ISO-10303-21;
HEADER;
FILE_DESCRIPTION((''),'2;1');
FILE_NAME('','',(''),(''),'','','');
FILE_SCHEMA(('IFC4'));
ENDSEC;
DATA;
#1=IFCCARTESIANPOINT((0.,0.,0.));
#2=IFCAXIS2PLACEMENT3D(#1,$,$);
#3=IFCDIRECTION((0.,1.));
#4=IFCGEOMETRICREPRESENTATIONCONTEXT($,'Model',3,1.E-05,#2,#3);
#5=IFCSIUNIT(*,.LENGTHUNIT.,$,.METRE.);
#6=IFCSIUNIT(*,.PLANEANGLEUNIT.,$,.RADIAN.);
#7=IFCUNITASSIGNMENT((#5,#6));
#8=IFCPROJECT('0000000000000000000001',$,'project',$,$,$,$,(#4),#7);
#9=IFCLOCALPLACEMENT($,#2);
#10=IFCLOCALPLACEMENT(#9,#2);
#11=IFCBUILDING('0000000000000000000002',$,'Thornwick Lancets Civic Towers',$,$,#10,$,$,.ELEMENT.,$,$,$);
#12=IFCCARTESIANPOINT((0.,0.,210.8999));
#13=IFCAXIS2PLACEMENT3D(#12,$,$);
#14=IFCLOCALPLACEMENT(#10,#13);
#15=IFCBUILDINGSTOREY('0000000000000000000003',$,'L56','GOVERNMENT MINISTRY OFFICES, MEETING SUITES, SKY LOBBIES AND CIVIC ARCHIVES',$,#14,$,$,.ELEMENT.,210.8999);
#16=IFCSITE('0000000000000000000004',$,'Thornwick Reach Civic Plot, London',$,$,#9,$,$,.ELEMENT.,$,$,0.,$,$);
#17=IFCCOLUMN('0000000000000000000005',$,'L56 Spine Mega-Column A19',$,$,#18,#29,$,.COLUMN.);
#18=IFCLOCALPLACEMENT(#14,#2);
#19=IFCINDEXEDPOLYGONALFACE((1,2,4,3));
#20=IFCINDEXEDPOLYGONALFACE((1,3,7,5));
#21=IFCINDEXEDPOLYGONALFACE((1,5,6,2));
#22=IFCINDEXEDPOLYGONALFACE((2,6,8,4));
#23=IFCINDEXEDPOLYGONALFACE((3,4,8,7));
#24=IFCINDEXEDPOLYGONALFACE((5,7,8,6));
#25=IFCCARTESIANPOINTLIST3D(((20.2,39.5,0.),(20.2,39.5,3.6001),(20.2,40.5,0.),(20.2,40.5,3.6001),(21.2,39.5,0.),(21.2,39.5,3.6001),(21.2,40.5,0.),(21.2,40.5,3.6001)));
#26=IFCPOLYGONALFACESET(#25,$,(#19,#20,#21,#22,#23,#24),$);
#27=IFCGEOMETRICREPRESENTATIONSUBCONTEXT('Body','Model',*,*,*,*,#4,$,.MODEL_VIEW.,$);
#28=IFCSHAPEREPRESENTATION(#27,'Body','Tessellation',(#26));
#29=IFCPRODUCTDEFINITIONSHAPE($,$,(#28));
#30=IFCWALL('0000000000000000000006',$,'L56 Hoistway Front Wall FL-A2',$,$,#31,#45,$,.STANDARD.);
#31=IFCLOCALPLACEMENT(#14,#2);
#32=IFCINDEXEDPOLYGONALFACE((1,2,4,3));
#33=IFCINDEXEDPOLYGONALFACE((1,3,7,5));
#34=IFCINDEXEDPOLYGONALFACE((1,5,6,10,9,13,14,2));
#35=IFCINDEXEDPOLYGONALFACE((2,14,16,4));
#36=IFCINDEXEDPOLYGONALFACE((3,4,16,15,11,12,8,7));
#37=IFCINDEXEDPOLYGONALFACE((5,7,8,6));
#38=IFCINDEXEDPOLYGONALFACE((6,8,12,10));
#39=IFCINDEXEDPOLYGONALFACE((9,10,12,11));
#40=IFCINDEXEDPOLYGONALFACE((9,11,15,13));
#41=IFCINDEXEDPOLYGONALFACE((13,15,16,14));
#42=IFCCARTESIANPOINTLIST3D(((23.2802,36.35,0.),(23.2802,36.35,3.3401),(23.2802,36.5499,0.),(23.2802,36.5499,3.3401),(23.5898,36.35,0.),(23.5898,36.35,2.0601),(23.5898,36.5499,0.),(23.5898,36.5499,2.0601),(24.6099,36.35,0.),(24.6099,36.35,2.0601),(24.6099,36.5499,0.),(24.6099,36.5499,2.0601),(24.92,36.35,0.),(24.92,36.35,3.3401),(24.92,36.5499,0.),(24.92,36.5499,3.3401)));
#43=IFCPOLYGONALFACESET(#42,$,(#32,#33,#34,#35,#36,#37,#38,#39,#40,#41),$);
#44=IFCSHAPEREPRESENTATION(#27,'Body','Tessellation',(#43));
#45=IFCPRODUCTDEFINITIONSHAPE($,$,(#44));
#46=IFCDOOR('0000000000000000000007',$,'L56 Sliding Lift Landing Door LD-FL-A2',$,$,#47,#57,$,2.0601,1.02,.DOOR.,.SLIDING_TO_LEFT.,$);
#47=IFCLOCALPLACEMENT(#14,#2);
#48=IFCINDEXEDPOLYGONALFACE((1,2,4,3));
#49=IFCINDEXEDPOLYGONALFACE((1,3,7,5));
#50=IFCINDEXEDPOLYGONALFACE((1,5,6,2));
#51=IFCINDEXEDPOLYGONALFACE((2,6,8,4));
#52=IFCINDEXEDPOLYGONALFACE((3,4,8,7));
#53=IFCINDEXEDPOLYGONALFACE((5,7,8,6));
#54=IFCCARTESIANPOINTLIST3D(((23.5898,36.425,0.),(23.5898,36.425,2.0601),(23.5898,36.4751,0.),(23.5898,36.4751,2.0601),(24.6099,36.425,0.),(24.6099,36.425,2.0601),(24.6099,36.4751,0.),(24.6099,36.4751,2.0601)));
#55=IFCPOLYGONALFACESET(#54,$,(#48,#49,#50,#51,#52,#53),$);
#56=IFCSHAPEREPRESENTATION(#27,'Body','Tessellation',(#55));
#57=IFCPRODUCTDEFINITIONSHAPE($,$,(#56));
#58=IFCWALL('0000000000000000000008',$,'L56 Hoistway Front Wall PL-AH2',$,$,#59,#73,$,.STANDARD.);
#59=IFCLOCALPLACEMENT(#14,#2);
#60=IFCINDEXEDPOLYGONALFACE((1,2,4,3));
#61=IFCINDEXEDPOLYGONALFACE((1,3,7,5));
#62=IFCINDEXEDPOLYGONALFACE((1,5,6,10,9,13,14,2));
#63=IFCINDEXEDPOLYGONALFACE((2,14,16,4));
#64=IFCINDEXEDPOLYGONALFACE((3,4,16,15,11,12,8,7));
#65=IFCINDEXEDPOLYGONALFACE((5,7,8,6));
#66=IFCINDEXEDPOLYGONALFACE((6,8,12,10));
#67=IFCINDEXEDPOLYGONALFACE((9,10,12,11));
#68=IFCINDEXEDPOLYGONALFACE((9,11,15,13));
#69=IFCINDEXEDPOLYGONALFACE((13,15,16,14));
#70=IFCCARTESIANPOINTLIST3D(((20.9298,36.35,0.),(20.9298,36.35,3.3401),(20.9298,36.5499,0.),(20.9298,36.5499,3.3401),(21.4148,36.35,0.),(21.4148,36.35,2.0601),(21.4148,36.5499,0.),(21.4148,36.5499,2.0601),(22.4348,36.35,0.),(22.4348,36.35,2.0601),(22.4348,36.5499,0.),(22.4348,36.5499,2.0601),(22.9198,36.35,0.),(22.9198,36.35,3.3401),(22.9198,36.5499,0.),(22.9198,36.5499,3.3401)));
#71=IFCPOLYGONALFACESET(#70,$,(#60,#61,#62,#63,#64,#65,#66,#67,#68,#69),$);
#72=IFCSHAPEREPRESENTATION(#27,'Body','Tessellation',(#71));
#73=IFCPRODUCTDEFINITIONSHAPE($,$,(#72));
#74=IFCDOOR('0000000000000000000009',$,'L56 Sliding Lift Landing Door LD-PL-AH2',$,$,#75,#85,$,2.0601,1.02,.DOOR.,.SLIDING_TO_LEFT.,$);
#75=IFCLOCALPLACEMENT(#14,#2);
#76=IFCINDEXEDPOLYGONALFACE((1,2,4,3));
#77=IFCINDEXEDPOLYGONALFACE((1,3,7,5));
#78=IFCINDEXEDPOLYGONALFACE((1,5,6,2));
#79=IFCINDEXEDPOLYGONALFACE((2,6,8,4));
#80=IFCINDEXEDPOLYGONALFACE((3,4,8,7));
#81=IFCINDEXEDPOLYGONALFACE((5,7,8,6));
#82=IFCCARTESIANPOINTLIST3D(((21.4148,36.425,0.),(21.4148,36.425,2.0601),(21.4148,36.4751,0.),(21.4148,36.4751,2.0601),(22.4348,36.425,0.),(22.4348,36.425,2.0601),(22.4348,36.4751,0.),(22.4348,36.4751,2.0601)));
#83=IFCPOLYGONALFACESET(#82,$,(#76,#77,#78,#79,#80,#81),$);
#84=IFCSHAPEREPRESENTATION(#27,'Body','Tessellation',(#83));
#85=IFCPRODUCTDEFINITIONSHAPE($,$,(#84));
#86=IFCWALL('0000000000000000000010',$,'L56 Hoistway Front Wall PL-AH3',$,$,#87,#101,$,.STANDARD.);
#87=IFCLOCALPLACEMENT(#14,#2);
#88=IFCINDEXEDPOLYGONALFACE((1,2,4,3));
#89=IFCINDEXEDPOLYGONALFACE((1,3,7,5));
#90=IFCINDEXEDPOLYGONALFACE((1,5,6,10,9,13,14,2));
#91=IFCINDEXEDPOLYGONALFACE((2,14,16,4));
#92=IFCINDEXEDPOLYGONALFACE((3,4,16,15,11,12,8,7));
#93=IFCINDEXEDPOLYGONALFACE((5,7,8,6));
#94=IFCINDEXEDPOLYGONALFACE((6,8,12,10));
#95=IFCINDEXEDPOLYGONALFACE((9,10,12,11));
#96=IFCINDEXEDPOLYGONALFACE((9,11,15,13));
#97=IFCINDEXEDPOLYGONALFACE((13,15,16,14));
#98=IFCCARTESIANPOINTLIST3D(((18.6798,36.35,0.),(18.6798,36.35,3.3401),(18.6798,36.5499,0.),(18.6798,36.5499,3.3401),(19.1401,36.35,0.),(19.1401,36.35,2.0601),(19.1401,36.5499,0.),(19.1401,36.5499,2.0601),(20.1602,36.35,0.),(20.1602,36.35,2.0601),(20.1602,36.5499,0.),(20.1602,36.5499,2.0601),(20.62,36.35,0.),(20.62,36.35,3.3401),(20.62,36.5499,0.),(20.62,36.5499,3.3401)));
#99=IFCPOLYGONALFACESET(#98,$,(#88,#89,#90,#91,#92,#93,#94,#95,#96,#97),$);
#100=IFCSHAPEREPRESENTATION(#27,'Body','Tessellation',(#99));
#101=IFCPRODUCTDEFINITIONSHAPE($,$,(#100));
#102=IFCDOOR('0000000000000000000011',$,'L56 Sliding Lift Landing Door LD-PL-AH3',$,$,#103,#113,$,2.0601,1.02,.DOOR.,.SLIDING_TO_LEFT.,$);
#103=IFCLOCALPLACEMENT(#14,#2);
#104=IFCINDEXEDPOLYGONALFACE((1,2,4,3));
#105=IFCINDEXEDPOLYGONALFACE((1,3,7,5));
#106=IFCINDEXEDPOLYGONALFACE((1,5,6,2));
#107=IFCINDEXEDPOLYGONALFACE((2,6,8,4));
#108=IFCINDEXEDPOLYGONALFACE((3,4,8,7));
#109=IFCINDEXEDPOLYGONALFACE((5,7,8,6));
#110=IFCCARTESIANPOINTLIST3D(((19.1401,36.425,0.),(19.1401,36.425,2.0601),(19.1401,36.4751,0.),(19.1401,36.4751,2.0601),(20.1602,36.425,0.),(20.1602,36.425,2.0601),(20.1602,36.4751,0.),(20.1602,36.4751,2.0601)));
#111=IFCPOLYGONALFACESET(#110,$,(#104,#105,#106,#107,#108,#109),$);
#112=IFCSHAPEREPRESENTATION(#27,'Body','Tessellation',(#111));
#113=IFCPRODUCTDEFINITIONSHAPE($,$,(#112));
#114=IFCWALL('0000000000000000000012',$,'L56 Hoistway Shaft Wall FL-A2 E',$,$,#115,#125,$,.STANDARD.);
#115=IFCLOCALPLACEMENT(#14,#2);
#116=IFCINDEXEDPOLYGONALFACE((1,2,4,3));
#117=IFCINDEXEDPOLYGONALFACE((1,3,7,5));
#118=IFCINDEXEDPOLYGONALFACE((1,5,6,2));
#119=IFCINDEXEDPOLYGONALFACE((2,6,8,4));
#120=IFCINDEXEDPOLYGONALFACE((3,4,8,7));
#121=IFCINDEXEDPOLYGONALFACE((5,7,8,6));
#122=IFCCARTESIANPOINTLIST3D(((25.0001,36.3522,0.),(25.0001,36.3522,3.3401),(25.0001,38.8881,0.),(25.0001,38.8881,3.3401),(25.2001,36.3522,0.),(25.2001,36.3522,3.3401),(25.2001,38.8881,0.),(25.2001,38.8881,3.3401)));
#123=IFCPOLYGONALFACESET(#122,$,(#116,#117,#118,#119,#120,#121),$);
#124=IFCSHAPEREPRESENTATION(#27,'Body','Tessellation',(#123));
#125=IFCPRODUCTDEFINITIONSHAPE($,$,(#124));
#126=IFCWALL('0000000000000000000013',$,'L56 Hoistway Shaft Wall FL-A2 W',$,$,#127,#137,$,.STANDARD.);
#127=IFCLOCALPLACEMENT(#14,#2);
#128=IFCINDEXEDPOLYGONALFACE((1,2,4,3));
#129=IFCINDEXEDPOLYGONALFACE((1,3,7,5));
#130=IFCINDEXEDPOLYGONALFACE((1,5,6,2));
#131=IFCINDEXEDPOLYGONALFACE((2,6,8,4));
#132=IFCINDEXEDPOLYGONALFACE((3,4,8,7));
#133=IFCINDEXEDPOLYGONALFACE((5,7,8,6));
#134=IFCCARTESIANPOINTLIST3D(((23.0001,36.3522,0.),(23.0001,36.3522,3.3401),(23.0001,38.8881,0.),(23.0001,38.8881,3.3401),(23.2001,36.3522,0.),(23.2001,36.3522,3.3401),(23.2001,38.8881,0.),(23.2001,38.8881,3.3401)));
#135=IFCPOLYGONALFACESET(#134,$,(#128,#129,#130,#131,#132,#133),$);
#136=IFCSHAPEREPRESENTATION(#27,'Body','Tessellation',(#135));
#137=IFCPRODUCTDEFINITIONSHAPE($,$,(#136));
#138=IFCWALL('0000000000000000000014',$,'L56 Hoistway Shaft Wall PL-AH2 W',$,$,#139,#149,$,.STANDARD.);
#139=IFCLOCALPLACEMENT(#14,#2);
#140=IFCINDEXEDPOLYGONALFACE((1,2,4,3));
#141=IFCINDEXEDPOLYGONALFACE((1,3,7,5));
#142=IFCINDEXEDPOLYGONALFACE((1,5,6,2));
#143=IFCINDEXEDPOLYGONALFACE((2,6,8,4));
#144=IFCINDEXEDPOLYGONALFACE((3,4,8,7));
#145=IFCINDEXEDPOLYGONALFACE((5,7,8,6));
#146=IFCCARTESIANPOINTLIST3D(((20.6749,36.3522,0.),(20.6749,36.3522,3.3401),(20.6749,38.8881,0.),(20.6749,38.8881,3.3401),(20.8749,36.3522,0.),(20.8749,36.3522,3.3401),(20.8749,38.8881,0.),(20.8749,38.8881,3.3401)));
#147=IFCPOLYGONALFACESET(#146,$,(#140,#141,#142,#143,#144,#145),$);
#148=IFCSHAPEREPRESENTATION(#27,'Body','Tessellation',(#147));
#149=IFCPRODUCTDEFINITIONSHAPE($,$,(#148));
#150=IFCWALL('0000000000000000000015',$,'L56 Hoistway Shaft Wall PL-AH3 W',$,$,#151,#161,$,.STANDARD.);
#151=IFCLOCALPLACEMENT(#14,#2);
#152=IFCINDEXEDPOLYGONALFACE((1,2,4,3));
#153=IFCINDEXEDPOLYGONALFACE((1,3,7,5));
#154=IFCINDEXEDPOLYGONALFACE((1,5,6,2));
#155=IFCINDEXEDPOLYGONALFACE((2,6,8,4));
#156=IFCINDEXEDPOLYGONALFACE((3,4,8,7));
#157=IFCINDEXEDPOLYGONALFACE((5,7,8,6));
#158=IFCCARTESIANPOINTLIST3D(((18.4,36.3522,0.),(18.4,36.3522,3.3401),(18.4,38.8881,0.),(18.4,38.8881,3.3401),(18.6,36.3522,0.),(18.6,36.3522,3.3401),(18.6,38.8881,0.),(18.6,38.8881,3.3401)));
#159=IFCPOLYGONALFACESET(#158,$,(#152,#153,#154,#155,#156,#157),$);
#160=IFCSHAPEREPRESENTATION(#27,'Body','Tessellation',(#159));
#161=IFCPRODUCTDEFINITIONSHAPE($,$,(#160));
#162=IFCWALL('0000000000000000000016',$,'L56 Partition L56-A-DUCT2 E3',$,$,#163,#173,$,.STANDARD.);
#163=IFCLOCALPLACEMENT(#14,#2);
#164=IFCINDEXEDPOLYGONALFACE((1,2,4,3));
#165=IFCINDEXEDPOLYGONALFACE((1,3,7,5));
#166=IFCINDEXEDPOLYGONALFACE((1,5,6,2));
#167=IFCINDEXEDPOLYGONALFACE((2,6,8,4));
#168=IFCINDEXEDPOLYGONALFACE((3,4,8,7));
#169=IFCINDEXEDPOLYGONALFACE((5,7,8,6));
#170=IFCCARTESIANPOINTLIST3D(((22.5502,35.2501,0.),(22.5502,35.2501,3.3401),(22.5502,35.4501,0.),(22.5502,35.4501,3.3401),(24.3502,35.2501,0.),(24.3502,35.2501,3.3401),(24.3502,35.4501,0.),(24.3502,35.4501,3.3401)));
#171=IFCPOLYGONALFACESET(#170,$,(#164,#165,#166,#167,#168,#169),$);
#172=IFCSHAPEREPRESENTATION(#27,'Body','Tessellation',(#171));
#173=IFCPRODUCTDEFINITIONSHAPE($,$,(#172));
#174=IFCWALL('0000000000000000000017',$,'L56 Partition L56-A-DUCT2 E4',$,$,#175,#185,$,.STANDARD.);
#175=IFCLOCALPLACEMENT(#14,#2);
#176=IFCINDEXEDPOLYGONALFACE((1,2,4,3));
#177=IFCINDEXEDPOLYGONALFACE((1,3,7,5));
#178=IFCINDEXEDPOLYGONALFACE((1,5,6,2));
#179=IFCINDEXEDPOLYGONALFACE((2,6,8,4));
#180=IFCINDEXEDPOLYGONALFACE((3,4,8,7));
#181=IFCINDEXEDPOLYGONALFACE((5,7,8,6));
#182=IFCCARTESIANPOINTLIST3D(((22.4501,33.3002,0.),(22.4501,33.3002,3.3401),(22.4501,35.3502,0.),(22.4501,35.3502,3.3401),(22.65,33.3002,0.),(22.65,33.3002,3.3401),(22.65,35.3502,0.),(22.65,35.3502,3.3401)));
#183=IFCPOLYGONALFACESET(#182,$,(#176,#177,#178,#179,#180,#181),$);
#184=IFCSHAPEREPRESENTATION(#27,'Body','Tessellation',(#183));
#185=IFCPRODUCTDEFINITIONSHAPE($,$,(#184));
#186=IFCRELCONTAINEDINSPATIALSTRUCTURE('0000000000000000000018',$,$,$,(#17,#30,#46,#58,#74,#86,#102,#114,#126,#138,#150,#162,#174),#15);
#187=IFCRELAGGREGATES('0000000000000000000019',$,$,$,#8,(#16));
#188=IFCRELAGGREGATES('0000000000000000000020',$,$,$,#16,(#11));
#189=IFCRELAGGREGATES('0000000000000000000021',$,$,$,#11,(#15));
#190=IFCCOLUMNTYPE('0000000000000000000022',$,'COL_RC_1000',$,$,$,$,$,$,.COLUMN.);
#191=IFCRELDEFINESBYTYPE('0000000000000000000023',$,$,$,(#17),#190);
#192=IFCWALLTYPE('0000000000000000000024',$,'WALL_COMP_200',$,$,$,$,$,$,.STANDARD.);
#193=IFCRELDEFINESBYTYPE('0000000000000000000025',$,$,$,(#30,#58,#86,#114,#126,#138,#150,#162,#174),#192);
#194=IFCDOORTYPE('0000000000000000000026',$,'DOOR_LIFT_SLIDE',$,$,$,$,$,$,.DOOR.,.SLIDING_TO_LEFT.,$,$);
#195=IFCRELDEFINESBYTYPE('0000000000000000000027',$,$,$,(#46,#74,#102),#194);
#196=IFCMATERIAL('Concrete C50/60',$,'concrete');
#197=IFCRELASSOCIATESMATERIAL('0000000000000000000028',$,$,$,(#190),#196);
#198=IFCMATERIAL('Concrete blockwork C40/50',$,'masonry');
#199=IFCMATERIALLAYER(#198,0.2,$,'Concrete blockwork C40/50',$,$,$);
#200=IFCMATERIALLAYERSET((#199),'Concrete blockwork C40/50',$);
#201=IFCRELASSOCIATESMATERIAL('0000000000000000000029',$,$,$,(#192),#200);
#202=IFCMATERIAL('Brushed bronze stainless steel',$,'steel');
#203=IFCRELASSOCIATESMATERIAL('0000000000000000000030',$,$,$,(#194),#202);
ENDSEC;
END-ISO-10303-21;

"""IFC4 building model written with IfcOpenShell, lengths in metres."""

from ifc_helpers import new_model, si_unit, direction, frame, frame_2d, origin, origin_2d, place, context, subcontext, project, spatial, rectangle, extrude, material, layer, layer_set, material_profile, profile_set, type_object, element, fill, save


model = new_model("IFC4")

# Units and contexts
model_context = context("Model", 3, precision=1e-05, world=origin(), true_north=direction((0.0, 1.0)))
body_context = subcontext(model_context, "Body", "Model", "MODEL_VIEW")
ifc_project = project(units=[si_unit("LENGTHUNIT", "METRE"), si_unit("PLANEANGLEUNIT", "RADIAN")], contexts=[model_context])

# Site, building, storey
site_placement = place(None, origin())
site = spatial("IfcSite", under=ifc_project, at=site_placement, Name="Thornwick Reach Civic Plot, London", CompositionType="ELEMENT", RefElevation=0.0)
building_placement = place(site_placement, origin())
building = spatial("IfcBuilding", under=site, at=building_placement, Name="Thornwick Lancets Civic Towers", CompositionType="ELEMENT")
storey_placement = place(building_placement, frame((0.0, 0.0, 210.8999)))
storey = spatial("IfcBuildingStorey", under=building, at=storey_placement, Name="L56", Description="GOVERNMENT MINISTRY OFFICES, MEETING SUITES, SKY LOBBIES AND CIVIC ARCHIVES", CompositionType="ELEMENT", Elevation=210.8999)

# Column
ifc_material_1 = material(Name="Concrete C50/60", Category="concrete")
ifc_material_profile = material_profile(ifc_material_1, rectangle(XDim=1.0, YDim=1.0, at=origin_2d()), Name="RC 1000x1000")
ifc_profile_set = profile_set([ifc_material_profile], Name="Concrete C50/60")
column_type = type_object("IfcColumnType", Name="COL_RC_1000", PredefinedType="COLUMN", material=ifc_profile_set)
column_placement = place(storey_placement, frame((20.7, 40.0, 0.0), z_axis=(0.0, 0.0, 1.0), x_axis=(1.0, 0.0, 0.0)))
element("IfcColumn", 1, at=column_placement, inside=storey, type_object=column_type, Name="L56 Spine Mega-Column A19", PredefinedType="COLUMN", context=body_context, shape_type="SweptSolid", body=[
    extrude(rectangle(XDim=1.0, YDim=1.0, at=origin_2d()), origin(), (0.0, 0.0, 1.0), 3.6001),
])

# Walls, openings, doors
ifc_material_2 = material(Name="Concrete blockwork C40/50", Category="masonry")
ifc_layer_1 = layer(ifc_material_2, 0.2, Name="Concrete blockwork C40/50")
ifc_layer_set_1 = layer_set([ifc_layer_1], Name="Concrete blockwork C40/50")
wall_type_1 = type_object("IfcWallType", Name="WALL_COMP_200", PredefinedType="STANDARD", material=ifc_layer_set_1)
wall_1_placement = place(storey_placement, frame((24.9199, 36.45, 0.0), z_axis=(0.0, 0.0, 1.0), x_axis=(-1.0, 0.0, 0.0)))
wall_1 = element("IfcWall", 2, at=wall_1_placement, inside=storey, type_object=wall_type_1, Name="L56 Hoistway Front Wall FL-A2", PredefinedType="STANDARD", context=body_context, shape_type="SweptSolid", body=[
    extrude(rectangle(XDim=1.6399, YDim=0.2, at=frame_2d((0.8198, 0.0))), origin(), (0.0, 0.0, 1.0), 3.3401),
])
opening_1_placement = place(wall_1_placement, frame((0.3101, 0.0, 0.0)))
opening_1 = element("IfcOpeningElement", 3, at=opening_1_placement, cuts=wall_1, PredefinedType="OPENING", context=body_context, shape_type="SweptSolid", body=[
    extrude(rectangle(XDim=1.02, YDim=2.0601, at=frame_2d((0.51, 1.03))), frame((0.0, 0.1099, 0.0), z_axis=(0.0, -1.0, 0.0), x_axis=(1.0, 0.0, 0.0)), (0.0, 0.0, 1.0), 0.22),
])
ifc_material_3 = material(Name="Brushed bronze stainless steel", Category="steel")
door_type = type_object("IfcDoorType", Name="DOOR_LIFT_SLIDE", OperationType="SLIDING_TO_LEFT", PredefinedType="DOOR", material=ifc_material_3)
door_1_placement = place(opening_1_placement, origin())
door_1 = element("IfcDoor", 4, at=door_1_placement, inside=storey, type_object=door_type, Name="L56 Sliding Lift Landing Door LD-FL-A2", OperationType="SLIDING_TO_LEFT", OverallHeight=2.0601, OverallWidth=1.02, PredefinedType="DOOR", context=body_context, shape_type="SweptSolid", body=[
    extrude(rectangle(XDim=1.02, YDim=2.0601, at=frame_2d((0.51, 1.03))), frame((0.0, 0.0249, 0.0), z_axis=(0.0, -1.0, 0.0), x_axis=(1.0, 0.0, 0.0)), (0.0, 0.0, 1.0), 0.05),
])
fill(opening_1, door_1)
wall_2_placement = place(storey_placement, frame((22.9199, 36.45, 0.0), z_axis=(0.0, 0.0, 1.0), x_axis=(-1.0, 0.0, 0.0)))
wall_2 = element("IfcWall", 5, at=wall_2_placement, inside=storey, type_object=wall_type_1, Name="L56 Hoistway Front Wall PL-AH2", PredefinedType="STANDARD", context=body_context, shape_type="SweptSolid", body=[
    extrude(rectangle(XDim=1.99, YDim=0.2, at=frame_2d((0.9951, 0.0))), origin(), (0.0, 0.0, 1.0), 3.3401),
])
opening_2_placement = place(wall_2_placement, frame((0.4851, 0.0, 0.0)))
opening_2 = element("IfcOpeningElement", 6, at=opening_2_placement, cuts=wall_2, PredefinedType="OPENING", context=body_context, shape_type="SweptSolid", body=[
    extrude(rectangle(XDim=1.02, YDim=2.0601, at=frame_2d((0.51, 1.03))), frame((0.0, 0.1099, 0.0), z_axis=(0.0, -1.0, 0.0), x_axis=(1.0, 0.0, 0.0)), (0.0, 0.0, 1.0), 0.22),
])
door_2_placement = place(opening_2_placement, origin())
door_2 = element("IfcDoor", 7, at=door_2_placement, inside=storey, type_object=door_type, Name="L56 Sliding Lift Landing Door LD-PL-AH2", OperationType="SLIDING_TO_LEFT", OverallHeight=2.0601, OverallWidth=1.02, PredefinedType="DOOR", context=body_context, shape_type="SweptSolid", body=[
    extrude(rectangle(XDim=1.02, YDim=2.0601, at=frame_2d((0.51, 1.03))), frame((0.0, 0.0249, 0.0), z_axis=(0.0, -1.0, 0.0), x_axis=(1.0, 0.0, 0.0)), (0.0, 0.0, 1.0), 0.05),
])
fill(opening_2, door_2)
wall_3_placement = place(storey_placement, frame((20.6201, 36.45, 0.0), z_axis=(0.0, 0.0, 1.0), x_axis=(-1.0, 0.0, 0.0)))
wall_3 = element("IfcWall", 8, at=wall_3_placement, inside=storey, type_object=wall_type_1, Name="L56 Hoistway Front Wall PL-AH3", PredefinedType="STANDARD", context=body_context, shape_type="SweptSolid", body=[
    extrude(rectangle(XDim=1.9402, YDim=0.2, at=frame_2d((0.9702, 0.0))), origin(), (0.0, 0.0, 1.0), 3.3401),
])
opening_3_placement = place(wall_3_placement, frame((0.46, 0.0, 0.0)))
opening_3 = element("IfcOpeningElement", 9, at=opening_3_placement, cuts=wall_3, PredefinedType="OPENING", context=body_context, shape_type="SweptSolid", body=[
    extrude(rectangle(XDim=1.02, YDim=2.0601, at=frame_2d((0.51, 1.03))), frame((0.0, 0.1099, 0.0), z_axis=(0.0, -1.0, 0.0), x_axis=(1.0, 0.0, 0.0)), (0.0, 0.0, 1.0), 0.22),
])
door_3_placement = place(opening_3_placement, origin())
door_3 = element("IfcDoor", 10, at=door_3_placement, inside=storey, type_object=door_type, Name="L56 Sliding Lift Landing Door LD-PL-AH3", OperationType="SLIDING_TO_LEFT", OverallHeight=2.0601, OverallWidth=1.02, PredefinedType="DOOR", context=body_context, shape_type="SweptSolid", body=[
    extrude(rectangle(XDim=1.02, YDim=2.0601, at=frame_2d((0.51, 1.03))), frame((0.0, 0.0249, 0.0), z_axis=(0.0, -1.0, 0.0), x_axis=(1.0, 0.0, 0.0)), (0.0, 0.0, 1.0), 0.05),
])
fill(opening_3, door_3)

# Walls
for number, where, z_axis, x_axis, name in (
    (11, (25.1001, 36.3521, 0.0), (0.0, 0.0, 1.0), (0.0, 1.0, 0.0), "L56 Hoistway Shaft Wall FL-A2 E"),
    (12, (23.1001, 36.3521, 0.0), (0.0, 0.0, 1.0), (0.0, 1.0, 0.0), "L56 Hoistway Shaft Wall FL-A2 W"),
    (13, (20.7749, 36.3521, 0.0), (0.0, 0.0, 1.0), (0.0, 1.0, 0.0), "L56 Hoistway Shaft Wall PL-AH2 W"),
    (14, (18.5, 36.3521, 0.0), (0.0, 0.0, 1.0), (0.0, 1.0, 0.0), "L56 Hoistway Shaft Wall PL-AH3 W"),
):
    element("IfcWall", number, at=place(storey_placement, frame(where, z_axis=z_axis, x_axis=x_axis)), inside=storey, type_object=wall_type_1, Name=name, PredefinedType="STANDARD", context=body_context, shape_type="SweptSolid", body=[
        extrude(rectangle(XDim=2.5359, YDim=0.2, at=frame_2d((1.2681, 0.0))), origin(), (0.0, 0.0, 1.0), 3.3401),
    ])
wall_4_placement = place(storey_placement, frame((24.3501, 35.3501, 0.0), z_axis=(0.0, 0.0, 1.0), x_axis=(-1.0, 0.0, 0.0)))
element("IfcWall", 15, at=wall_4_placement, inside=storey, type_object=wall_type_1, Name="L56 Partition L56-A-DUCT2 E3", PredefinedType="STANDARD", context=body_context, shape_type="SweptSolid", body=[
    extrude(rectangle(XDim=1.8, YDim=0.2, at=frame_2d((0.8999, 0.0))), origin(), (0.0, 0.0, 1.0), 3.3401),
])
wall_5_placement = place(storey_placement, frame((22.55, 35.3501, 0.0), z_axis=(0.0, 0.0, 1.0), x_axis=(0.0, -1.0, 0.0)))
element("IfcWall", 16, at=wall_5_placement, inside=storey, type_object=wall_type_1, Name="L56 Partition L56-A-DUCT2 E4", PredefinedType="STANDARD", context=body_context, shape_type="SweptSolid", body=[
    extrude(rectangle(XDim=2.05, YDim=0.2, at=frame_2d((1.0249, 0.0))), origin(), (0.0, 0.0, 1.0), 3.3401),
])

save(model, "model.ifc")
